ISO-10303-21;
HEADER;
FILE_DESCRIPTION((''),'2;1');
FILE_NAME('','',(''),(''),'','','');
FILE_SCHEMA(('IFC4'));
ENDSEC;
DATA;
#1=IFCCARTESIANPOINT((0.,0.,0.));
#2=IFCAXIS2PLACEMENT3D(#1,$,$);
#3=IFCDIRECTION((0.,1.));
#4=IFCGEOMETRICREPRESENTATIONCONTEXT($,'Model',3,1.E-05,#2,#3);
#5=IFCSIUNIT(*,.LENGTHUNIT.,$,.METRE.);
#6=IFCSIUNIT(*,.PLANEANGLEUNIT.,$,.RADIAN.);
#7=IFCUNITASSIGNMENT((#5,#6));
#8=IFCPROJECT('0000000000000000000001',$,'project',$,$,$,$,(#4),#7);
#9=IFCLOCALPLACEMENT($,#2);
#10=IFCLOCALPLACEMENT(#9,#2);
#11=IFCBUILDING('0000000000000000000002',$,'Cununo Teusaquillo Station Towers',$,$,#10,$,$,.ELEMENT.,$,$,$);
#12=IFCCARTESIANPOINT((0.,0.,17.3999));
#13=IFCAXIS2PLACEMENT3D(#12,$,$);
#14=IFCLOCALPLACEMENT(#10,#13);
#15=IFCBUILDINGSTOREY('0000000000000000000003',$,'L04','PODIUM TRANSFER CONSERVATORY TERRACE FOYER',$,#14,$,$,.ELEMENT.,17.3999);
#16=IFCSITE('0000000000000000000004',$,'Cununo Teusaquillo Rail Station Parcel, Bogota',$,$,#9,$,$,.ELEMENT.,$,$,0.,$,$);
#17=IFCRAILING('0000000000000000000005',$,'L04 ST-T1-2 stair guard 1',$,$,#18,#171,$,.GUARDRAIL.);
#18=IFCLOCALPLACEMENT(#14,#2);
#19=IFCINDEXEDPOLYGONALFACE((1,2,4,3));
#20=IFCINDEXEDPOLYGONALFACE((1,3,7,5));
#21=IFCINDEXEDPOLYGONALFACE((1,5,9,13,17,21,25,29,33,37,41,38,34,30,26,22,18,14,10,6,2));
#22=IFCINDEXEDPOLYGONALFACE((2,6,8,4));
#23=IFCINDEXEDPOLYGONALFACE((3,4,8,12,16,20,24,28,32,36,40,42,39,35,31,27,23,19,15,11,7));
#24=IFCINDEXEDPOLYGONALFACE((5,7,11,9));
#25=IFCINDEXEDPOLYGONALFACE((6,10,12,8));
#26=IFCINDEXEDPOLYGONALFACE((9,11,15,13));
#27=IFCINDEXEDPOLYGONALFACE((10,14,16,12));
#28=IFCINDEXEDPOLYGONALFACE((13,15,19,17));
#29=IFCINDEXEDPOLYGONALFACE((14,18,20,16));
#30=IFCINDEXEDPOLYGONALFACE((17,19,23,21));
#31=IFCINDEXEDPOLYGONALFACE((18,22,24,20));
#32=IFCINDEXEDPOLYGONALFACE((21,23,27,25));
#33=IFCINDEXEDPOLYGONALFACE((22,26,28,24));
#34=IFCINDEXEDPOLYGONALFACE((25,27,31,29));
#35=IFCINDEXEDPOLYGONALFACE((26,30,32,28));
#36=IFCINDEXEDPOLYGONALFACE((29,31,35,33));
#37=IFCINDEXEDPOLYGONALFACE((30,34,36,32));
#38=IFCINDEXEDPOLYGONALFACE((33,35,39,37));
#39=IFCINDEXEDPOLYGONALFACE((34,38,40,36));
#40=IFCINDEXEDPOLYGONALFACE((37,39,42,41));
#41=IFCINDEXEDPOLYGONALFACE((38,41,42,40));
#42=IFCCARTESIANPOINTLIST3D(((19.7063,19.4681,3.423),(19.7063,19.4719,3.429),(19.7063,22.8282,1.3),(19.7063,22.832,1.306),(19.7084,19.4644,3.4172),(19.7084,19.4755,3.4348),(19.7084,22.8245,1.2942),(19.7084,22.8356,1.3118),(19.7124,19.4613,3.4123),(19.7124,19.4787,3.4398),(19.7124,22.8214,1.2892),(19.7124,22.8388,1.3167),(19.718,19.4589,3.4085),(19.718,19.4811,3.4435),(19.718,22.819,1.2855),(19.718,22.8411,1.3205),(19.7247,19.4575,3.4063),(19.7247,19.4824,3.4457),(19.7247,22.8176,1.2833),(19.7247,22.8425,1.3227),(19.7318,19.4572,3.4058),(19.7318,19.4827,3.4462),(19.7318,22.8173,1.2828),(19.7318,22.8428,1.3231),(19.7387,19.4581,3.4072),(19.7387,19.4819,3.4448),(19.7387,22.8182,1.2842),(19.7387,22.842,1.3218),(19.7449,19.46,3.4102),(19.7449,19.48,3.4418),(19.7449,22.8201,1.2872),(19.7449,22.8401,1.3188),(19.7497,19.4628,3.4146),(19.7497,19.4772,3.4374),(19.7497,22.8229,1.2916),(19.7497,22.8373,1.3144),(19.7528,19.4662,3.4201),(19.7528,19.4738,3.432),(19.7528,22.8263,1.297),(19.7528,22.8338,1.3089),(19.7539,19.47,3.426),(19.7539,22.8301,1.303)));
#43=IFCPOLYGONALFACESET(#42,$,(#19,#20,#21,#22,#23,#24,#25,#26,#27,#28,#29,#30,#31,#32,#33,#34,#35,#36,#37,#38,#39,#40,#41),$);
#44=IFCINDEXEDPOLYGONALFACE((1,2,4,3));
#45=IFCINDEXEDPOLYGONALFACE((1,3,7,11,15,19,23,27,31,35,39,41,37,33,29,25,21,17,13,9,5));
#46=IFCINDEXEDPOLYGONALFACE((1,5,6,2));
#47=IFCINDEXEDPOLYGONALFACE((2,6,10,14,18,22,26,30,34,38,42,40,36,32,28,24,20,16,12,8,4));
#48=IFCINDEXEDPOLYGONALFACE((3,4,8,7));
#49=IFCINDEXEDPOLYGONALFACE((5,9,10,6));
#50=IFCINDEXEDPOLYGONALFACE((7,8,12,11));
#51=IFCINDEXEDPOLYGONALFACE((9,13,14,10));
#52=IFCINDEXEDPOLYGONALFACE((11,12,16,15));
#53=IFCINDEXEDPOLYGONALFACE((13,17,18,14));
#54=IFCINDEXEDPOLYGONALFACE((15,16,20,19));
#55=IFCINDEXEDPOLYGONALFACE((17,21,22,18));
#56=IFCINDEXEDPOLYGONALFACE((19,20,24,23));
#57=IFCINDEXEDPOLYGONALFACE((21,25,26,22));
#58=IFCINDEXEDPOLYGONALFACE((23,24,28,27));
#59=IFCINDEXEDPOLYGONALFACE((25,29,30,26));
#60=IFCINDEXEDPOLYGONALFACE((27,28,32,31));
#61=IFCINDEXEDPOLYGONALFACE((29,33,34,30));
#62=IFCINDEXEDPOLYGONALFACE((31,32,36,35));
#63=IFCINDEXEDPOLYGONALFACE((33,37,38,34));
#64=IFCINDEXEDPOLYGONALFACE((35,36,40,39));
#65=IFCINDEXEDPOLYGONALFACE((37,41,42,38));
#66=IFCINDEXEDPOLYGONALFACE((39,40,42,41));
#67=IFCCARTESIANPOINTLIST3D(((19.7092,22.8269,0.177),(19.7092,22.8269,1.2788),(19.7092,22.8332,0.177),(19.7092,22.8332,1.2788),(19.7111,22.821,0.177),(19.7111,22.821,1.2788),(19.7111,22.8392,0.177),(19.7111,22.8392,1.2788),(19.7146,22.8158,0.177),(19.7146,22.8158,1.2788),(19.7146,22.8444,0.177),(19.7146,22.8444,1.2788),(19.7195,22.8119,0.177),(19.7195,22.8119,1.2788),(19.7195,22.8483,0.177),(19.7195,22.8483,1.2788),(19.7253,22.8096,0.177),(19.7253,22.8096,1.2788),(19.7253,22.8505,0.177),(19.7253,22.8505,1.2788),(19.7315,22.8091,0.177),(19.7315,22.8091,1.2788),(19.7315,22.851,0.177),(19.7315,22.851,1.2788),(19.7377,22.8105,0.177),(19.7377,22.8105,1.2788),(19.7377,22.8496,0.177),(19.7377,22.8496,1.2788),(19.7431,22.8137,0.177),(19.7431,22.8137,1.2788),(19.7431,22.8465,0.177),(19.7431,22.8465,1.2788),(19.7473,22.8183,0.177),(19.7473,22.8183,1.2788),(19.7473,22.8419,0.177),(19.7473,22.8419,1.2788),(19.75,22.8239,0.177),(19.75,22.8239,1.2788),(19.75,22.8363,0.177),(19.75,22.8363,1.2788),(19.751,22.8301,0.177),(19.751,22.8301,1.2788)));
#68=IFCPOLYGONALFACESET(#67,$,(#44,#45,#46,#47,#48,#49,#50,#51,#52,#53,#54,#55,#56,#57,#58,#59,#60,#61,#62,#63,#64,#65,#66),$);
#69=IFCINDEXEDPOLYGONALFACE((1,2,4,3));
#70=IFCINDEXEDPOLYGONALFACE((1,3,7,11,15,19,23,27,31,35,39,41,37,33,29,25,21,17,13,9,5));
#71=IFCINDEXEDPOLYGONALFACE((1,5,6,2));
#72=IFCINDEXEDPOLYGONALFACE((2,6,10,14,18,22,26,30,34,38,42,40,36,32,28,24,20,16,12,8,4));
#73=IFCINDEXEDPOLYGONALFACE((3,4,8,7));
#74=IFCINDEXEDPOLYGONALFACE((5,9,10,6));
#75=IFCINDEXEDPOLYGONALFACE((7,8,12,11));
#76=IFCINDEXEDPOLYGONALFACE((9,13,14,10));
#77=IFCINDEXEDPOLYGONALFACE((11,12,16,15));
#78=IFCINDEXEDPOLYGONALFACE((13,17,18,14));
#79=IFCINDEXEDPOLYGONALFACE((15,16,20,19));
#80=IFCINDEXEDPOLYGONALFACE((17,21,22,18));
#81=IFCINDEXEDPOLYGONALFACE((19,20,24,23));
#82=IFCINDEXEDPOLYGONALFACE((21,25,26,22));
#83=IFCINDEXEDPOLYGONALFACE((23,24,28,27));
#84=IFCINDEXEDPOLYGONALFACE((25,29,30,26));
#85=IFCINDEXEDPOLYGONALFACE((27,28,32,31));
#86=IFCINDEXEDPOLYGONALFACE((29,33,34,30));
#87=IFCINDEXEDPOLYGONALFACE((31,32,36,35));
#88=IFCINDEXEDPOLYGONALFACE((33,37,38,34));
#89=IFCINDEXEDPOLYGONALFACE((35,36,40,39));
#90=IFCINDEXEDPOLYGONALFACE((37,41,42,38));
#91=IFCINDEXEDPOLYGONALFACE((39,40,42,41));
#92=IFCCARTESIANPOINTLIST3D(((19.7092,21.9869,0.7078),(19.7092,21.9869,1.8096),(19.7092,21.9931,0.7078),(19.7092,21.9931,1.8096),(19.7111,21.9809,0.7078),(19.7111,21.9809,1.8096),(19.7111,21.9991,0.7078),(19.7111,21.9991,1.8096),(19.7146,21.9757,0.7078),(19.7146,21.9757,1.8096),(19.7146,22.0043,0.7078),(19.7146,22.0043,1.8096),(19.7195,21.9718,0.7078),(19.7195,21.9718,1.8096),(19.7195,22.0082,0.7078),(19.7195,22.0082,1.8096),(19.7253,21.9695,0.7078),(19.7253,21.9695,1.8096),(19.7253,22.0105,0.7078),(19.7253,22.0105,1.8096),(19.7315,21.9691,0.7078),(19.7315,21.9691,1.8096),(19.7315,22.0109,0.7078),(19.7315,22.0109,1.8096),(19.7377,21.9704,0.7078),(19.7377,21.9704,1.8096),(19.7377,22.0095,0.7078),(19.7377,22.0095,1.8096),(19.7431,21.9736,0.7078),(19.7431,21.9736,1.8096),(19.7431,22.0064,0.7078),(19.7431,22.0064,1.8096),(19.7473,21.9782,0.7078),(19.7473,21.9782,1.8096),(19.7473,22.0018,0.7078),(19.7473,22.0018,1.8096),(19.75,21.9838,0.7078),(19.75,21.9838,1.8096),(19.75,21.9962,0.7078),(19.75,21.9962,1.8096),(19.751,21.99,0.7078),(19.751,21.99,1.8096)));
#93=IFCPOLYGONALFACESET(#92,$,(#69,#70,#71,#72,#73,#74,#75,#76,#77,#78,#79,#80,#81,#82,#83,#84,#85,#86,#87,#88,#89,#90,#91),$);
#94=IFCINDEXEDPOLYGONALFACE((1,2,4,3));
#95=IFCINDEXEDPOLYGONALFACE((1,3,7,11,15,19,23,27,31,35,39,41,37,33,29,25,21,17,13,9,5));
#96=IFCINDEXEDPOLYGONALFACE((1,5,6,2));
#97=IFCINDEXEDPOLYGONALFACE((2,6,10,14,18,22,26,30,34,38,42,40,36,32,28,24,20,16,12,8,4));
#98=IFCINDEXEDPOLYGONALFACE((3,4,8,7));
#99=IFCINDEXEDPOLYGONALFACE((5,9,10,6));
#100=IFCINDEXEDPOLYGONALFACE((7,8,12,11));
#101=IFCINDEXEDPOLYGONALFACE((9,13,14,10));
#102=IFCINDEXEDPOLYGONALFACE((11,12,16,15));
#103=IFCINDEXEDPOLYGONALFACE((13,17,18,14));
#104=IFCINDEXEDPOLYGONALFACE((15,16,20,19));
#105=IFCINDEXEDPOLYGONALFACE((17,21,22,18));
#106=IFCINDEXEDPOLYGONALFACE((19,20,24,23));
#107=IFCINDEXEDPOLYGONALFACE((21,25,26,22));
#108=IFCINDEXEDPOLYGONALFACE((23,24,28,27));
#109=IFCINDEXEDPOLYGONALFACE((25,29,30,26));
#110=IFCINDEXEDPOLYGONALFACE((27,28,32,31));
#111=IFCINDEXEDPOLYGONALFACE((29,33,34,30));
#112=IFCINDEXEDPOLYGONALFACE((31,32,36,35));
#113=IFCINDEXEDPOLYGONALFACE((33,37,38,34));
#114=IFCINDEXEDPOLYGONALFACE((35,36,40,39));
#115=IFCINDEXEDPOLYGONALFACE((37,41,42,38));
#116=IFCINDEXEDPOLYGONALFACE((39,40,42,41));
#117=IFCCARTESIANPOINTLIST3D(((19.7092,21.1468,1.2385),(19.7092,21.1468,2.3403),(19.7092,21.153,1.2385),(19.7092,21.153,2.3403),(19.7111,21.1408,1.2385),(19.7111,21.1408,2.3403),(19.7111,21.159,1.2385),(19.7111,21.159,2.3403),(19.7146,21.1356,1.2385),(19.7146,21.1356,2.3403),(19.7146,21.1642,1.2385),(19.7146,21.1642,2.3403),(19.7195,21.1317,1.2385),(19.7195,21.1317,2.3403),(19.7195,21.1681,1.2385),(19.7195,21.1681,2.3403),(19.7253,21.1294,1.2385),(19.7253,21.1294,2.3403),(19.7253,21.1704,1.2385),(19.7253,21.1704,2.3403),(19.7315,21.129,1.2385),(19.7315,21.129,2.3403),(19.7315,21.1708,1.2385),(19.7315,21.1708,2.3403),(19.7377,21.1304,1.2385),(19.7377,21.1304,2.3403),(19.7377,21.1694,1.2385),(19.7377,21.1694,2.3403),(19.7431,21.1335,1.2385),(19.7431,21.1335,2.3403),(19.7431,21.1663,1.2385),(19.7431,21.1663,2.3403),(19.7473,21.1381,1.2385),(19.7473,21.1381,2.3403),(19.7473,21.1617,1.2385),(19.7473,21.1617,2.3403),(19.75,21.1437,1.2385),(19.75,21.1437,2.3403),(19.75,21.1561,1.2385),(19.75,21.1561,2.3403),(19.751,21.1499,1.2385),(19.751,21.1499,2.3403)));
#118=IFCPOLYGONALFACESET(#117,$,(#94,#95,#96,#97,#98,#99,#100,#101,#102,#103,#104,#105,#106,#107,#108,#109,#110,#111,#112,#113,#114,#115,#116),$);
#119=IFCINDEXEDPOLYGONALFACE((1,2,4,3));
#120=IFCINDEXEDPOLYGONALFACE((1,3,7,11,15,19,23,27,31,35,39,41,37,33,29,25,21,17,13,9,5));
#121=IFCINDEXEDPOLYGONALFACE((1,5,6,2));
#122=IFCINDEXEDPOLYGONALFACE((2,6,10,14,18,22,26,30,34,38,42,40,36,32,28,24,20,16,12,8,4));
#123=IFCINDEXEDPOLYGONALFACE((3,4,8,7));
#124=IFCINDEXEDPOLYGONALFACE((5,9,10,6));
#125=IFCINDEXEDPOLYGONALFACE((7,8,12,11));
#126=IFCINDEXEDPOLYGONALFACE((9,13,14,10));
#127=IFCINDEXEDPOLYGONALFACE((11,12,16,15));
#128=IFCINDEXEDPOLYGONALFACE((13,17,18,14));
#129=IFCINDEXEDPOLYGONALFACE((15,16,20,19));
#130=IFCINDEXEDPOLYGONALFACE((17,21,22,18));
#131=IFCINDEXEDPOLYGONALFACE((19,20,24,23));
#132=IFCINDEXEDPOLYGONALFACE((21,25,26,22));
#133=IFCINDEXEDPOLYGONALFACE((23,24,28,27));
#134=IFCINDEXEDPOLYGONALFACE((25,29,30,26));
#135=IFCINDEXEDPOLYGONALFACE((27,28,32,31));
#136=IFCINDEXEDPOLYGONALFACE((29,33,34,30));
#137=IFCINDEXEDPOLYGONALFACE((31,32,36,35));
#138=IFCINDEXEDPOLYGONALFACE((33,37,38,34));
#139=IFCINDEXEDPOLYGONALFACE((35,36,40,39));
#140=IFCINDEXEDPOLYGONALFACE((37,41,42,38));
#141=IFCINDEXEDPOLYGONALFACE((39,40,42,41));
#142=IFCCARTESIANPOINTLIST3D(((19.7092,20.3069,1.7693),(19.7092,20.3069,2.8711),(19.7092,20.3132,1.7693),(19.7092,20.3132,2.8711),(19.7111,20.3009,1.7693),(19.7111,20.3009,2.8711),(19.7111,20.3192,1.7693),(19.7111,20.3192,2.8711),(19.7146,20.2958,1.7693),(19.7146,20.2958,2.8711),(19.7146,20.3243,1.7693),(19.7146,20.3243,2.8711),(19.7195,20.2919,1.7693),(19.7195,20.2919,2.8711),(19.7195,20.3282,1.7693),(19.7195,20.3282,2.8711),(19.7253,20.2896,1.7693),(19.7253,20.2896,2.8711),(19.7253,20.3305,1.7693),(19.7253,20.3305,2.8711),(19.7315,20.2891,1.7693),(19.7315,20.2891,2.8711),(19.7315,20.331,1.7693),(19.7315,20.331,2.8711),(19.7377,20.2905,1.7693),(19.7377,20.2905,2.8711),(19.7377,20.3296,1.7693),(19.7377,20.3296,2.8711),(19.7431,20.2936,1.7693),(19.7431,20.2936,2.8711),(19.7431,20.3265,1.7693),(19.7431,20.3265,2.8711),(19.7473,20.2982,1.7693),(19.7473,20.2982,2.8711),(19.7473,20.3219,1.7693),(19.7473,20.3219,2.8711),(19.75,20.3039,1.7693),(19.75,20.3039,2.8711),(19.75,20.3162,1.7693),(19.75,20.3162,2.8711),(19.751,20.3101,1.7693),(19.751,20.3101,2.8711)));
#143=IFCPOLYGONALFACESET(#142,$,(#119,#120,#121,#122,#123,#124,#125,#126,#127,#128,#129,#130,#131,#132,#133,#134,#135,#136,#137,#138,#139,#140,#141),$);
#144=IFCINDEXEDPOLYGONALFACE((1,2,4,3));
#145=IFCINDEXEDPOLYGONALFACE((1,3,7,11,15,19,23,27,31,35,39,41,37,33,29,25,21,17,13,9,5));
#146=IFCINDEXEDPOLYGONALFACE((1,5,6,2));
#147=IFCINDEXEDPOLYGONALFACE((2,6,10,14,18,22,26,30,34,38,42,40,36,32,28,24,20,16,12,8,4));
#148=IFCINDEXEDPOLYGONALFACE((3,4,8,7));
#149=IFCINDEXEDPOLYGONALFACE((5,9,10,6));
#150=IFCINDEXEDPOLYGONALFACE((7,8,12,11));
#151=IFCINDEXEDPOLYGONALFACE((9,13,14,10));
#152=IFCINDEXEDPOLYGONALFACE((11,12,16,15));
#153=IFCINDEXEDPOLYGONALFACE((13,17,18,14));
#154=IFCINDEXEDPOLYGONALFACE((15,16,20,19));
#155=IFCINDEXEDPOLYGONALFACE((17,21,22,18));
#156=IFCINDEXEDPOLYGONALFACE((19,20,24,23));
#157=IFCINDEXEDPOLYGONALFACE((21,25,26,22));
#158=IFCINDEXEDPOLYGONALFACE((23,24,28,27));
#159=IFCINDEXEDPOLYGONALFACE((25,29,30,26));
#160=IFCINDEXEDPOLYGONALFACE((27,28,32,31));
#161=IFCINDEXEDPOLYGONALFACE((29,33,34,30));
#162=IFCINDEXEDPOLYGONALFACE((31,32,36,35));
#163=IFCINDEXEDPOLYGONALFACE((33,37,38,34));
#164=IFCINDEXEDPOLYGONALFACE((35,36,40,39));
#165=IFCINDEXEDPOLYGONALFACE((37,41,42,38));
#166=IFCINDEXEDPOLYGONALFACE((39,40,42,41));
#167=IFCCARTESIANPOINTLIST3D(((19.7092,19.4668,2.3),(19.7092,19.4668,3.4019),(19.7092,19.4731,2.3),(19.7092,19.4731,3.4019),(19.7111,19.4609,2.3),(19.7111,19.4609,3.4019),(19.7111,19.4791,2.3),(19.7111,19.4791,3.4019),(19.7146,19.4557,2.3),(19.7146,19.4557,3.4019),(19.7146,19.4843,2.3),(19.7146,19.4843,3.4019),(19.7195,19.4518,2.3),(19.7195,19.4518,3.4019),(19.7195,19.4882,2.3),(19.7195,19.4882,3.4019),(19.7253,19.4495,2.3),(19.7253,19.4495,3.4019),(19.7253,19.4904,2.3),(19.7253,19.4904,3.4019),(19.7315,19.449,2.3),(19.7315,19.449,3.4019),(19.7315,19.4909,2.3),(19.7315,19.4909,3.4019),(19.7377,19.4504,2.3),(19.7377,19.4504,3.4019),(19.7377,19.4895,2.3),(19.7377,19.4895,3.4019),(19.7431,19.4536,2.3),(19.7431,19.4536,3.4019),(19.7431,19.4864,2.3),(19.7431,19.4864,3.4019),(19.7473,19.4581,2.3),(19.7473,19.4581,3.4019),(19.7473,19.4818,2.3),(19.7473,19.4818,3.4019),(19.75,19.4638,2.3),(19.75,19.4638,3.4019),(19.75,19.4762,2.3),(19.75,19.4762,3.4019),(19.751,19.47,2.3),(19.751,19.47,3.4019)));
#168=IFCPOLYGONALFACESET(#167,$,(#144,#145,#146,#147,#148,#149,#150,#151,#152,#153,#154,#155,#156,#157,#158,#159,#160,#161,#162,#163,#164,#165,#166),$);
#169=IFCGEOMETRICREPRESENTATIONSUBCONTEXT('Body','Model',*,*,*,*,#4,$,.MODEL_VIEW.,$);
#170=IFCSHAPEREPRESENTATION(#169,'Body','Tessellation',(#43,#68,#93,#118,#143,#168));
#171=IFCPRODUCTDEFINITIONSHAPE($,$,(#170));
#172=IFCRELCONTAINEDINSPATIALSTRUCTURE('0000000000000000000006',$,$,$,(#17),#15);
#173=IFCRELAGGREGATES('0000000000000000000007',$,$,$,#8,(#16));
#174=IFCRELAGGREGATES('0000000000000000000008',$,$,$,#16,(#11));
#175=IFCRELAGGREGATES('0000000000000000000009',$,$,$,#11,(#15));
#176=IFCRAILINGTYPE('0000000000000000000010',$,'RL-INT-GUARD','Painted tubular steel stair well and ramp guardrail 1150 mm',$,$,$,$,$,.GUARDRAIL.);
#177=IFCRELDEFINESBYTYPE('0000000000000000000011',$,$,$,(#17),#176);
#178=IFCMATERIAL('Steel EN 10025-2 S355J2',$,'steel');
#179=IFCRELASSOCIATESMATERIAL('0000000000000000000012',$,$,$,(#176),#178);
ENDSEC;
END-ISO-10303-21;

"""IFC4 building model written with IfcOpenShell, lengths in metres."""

from ifc_helpers import new_model, si_unit, direction, frame, origin, origin_2d, place, context, subcontext, project, spatial, circle, extrude, material, type_object, element, save


model = new_model("IFC4")

# Units and contexts
model_context = context("Model", 3, precision=1e-05, world=origin(), true_north=direction((0.0, 1.0)))
body_context = subcontext(model_context, "Body", "Model", "MODEL_VIEW")
ifc_project = project(units=[si_unit("LENGTHUNIT", "METRE"), si_unit("PLANEANGLEUNIT", "RADIAN")], contexts=[model_context])

# Site, building, storey
site_placement = place(None, origin())
site = spatial("IfcSite", under=ifc_project, at=site_placement, Name="Cununo Teusaquillo Rail Station Parcel, Bogota", CompositionType="ELEMENT", RefElevation=0.0)
building_placement = place(site_placement, origin())
building = spatial("IfcBuilding", under=site, at=building_placement, Name="Cununo Teusaquillo Station Towers", CompositionType="ELEMENT")
storey_placement = place(building_placement, frame((0.0, 0.0, 17.3999)))
storey = spatial("IfcBuildingStorey", under=building, at=storey_placement, Name="L04", Description="PODIUM TRANSFER CONSERVATORY TERRACE FOYER", CompositionType="ELEMENT", Elevation=17.3999)

# Railing
ifc_material_1 = material(Name="Steel EN 10025-2 S355J2", Category="steel")
railing_type_1 = type_object("IfcRailingType", Name="RL-INT-GUARD", Description="Painted tubular steel stair well and ramp guardrail 1150 mm", PredefinedType="GUARDRAIL", material=ifc_material_1)
railing_1_placement = place(storey_placement, frame((19.73, 22.8301, 0.177)))
element("IfcRailing", 1, at=railing_1_placement, inside=storey, type_object=railing_type_1, Name="L04 ST-T1-2 stair guard 1", PredefinedType="GUARDRAIL", context=body_context, shape_type="SweptSolid", body=[
    extrude(circle(Radius=0.0239, at=origin_2d()), frame((0.0, 0.0, 1.126), z_axis=(0.0, -0.84539, 0.53415), x_axis=(1.0, 0.0, 0.0)), (0.0, 0.0, 1.0), 3.9746),
    extrude(circle(Radius=0.021, at=origin_2d()), origin(), (0.0, 0.0, 1.0), 1.1018),
    extrude(circle(Radius=0.021, at=origin_2d()), frame((0.0, -0.8401, 0.5308)), (0.0, 0.0, 1.0), 1.1018),
    extrude(circle(Radius=0.021, at=origin_2d()), frame((0.0, -1.6802, 1.0615)), (0.0, 0.0, 1.0), 1.1018),
    extrude(circle(Radius=0.021, at=origin_2d()), frame((0.0, -2.52, 1.5923)), (0.0, 0.0, 1.0), 1.1018),
    extrude(circle(Radius=0.021, at=origin_2d()), frame((0.0, -3.3601, 2.123)), (0.0, 0.0, 1.0), 1.1018),
])

save(model, "model.ifc")
